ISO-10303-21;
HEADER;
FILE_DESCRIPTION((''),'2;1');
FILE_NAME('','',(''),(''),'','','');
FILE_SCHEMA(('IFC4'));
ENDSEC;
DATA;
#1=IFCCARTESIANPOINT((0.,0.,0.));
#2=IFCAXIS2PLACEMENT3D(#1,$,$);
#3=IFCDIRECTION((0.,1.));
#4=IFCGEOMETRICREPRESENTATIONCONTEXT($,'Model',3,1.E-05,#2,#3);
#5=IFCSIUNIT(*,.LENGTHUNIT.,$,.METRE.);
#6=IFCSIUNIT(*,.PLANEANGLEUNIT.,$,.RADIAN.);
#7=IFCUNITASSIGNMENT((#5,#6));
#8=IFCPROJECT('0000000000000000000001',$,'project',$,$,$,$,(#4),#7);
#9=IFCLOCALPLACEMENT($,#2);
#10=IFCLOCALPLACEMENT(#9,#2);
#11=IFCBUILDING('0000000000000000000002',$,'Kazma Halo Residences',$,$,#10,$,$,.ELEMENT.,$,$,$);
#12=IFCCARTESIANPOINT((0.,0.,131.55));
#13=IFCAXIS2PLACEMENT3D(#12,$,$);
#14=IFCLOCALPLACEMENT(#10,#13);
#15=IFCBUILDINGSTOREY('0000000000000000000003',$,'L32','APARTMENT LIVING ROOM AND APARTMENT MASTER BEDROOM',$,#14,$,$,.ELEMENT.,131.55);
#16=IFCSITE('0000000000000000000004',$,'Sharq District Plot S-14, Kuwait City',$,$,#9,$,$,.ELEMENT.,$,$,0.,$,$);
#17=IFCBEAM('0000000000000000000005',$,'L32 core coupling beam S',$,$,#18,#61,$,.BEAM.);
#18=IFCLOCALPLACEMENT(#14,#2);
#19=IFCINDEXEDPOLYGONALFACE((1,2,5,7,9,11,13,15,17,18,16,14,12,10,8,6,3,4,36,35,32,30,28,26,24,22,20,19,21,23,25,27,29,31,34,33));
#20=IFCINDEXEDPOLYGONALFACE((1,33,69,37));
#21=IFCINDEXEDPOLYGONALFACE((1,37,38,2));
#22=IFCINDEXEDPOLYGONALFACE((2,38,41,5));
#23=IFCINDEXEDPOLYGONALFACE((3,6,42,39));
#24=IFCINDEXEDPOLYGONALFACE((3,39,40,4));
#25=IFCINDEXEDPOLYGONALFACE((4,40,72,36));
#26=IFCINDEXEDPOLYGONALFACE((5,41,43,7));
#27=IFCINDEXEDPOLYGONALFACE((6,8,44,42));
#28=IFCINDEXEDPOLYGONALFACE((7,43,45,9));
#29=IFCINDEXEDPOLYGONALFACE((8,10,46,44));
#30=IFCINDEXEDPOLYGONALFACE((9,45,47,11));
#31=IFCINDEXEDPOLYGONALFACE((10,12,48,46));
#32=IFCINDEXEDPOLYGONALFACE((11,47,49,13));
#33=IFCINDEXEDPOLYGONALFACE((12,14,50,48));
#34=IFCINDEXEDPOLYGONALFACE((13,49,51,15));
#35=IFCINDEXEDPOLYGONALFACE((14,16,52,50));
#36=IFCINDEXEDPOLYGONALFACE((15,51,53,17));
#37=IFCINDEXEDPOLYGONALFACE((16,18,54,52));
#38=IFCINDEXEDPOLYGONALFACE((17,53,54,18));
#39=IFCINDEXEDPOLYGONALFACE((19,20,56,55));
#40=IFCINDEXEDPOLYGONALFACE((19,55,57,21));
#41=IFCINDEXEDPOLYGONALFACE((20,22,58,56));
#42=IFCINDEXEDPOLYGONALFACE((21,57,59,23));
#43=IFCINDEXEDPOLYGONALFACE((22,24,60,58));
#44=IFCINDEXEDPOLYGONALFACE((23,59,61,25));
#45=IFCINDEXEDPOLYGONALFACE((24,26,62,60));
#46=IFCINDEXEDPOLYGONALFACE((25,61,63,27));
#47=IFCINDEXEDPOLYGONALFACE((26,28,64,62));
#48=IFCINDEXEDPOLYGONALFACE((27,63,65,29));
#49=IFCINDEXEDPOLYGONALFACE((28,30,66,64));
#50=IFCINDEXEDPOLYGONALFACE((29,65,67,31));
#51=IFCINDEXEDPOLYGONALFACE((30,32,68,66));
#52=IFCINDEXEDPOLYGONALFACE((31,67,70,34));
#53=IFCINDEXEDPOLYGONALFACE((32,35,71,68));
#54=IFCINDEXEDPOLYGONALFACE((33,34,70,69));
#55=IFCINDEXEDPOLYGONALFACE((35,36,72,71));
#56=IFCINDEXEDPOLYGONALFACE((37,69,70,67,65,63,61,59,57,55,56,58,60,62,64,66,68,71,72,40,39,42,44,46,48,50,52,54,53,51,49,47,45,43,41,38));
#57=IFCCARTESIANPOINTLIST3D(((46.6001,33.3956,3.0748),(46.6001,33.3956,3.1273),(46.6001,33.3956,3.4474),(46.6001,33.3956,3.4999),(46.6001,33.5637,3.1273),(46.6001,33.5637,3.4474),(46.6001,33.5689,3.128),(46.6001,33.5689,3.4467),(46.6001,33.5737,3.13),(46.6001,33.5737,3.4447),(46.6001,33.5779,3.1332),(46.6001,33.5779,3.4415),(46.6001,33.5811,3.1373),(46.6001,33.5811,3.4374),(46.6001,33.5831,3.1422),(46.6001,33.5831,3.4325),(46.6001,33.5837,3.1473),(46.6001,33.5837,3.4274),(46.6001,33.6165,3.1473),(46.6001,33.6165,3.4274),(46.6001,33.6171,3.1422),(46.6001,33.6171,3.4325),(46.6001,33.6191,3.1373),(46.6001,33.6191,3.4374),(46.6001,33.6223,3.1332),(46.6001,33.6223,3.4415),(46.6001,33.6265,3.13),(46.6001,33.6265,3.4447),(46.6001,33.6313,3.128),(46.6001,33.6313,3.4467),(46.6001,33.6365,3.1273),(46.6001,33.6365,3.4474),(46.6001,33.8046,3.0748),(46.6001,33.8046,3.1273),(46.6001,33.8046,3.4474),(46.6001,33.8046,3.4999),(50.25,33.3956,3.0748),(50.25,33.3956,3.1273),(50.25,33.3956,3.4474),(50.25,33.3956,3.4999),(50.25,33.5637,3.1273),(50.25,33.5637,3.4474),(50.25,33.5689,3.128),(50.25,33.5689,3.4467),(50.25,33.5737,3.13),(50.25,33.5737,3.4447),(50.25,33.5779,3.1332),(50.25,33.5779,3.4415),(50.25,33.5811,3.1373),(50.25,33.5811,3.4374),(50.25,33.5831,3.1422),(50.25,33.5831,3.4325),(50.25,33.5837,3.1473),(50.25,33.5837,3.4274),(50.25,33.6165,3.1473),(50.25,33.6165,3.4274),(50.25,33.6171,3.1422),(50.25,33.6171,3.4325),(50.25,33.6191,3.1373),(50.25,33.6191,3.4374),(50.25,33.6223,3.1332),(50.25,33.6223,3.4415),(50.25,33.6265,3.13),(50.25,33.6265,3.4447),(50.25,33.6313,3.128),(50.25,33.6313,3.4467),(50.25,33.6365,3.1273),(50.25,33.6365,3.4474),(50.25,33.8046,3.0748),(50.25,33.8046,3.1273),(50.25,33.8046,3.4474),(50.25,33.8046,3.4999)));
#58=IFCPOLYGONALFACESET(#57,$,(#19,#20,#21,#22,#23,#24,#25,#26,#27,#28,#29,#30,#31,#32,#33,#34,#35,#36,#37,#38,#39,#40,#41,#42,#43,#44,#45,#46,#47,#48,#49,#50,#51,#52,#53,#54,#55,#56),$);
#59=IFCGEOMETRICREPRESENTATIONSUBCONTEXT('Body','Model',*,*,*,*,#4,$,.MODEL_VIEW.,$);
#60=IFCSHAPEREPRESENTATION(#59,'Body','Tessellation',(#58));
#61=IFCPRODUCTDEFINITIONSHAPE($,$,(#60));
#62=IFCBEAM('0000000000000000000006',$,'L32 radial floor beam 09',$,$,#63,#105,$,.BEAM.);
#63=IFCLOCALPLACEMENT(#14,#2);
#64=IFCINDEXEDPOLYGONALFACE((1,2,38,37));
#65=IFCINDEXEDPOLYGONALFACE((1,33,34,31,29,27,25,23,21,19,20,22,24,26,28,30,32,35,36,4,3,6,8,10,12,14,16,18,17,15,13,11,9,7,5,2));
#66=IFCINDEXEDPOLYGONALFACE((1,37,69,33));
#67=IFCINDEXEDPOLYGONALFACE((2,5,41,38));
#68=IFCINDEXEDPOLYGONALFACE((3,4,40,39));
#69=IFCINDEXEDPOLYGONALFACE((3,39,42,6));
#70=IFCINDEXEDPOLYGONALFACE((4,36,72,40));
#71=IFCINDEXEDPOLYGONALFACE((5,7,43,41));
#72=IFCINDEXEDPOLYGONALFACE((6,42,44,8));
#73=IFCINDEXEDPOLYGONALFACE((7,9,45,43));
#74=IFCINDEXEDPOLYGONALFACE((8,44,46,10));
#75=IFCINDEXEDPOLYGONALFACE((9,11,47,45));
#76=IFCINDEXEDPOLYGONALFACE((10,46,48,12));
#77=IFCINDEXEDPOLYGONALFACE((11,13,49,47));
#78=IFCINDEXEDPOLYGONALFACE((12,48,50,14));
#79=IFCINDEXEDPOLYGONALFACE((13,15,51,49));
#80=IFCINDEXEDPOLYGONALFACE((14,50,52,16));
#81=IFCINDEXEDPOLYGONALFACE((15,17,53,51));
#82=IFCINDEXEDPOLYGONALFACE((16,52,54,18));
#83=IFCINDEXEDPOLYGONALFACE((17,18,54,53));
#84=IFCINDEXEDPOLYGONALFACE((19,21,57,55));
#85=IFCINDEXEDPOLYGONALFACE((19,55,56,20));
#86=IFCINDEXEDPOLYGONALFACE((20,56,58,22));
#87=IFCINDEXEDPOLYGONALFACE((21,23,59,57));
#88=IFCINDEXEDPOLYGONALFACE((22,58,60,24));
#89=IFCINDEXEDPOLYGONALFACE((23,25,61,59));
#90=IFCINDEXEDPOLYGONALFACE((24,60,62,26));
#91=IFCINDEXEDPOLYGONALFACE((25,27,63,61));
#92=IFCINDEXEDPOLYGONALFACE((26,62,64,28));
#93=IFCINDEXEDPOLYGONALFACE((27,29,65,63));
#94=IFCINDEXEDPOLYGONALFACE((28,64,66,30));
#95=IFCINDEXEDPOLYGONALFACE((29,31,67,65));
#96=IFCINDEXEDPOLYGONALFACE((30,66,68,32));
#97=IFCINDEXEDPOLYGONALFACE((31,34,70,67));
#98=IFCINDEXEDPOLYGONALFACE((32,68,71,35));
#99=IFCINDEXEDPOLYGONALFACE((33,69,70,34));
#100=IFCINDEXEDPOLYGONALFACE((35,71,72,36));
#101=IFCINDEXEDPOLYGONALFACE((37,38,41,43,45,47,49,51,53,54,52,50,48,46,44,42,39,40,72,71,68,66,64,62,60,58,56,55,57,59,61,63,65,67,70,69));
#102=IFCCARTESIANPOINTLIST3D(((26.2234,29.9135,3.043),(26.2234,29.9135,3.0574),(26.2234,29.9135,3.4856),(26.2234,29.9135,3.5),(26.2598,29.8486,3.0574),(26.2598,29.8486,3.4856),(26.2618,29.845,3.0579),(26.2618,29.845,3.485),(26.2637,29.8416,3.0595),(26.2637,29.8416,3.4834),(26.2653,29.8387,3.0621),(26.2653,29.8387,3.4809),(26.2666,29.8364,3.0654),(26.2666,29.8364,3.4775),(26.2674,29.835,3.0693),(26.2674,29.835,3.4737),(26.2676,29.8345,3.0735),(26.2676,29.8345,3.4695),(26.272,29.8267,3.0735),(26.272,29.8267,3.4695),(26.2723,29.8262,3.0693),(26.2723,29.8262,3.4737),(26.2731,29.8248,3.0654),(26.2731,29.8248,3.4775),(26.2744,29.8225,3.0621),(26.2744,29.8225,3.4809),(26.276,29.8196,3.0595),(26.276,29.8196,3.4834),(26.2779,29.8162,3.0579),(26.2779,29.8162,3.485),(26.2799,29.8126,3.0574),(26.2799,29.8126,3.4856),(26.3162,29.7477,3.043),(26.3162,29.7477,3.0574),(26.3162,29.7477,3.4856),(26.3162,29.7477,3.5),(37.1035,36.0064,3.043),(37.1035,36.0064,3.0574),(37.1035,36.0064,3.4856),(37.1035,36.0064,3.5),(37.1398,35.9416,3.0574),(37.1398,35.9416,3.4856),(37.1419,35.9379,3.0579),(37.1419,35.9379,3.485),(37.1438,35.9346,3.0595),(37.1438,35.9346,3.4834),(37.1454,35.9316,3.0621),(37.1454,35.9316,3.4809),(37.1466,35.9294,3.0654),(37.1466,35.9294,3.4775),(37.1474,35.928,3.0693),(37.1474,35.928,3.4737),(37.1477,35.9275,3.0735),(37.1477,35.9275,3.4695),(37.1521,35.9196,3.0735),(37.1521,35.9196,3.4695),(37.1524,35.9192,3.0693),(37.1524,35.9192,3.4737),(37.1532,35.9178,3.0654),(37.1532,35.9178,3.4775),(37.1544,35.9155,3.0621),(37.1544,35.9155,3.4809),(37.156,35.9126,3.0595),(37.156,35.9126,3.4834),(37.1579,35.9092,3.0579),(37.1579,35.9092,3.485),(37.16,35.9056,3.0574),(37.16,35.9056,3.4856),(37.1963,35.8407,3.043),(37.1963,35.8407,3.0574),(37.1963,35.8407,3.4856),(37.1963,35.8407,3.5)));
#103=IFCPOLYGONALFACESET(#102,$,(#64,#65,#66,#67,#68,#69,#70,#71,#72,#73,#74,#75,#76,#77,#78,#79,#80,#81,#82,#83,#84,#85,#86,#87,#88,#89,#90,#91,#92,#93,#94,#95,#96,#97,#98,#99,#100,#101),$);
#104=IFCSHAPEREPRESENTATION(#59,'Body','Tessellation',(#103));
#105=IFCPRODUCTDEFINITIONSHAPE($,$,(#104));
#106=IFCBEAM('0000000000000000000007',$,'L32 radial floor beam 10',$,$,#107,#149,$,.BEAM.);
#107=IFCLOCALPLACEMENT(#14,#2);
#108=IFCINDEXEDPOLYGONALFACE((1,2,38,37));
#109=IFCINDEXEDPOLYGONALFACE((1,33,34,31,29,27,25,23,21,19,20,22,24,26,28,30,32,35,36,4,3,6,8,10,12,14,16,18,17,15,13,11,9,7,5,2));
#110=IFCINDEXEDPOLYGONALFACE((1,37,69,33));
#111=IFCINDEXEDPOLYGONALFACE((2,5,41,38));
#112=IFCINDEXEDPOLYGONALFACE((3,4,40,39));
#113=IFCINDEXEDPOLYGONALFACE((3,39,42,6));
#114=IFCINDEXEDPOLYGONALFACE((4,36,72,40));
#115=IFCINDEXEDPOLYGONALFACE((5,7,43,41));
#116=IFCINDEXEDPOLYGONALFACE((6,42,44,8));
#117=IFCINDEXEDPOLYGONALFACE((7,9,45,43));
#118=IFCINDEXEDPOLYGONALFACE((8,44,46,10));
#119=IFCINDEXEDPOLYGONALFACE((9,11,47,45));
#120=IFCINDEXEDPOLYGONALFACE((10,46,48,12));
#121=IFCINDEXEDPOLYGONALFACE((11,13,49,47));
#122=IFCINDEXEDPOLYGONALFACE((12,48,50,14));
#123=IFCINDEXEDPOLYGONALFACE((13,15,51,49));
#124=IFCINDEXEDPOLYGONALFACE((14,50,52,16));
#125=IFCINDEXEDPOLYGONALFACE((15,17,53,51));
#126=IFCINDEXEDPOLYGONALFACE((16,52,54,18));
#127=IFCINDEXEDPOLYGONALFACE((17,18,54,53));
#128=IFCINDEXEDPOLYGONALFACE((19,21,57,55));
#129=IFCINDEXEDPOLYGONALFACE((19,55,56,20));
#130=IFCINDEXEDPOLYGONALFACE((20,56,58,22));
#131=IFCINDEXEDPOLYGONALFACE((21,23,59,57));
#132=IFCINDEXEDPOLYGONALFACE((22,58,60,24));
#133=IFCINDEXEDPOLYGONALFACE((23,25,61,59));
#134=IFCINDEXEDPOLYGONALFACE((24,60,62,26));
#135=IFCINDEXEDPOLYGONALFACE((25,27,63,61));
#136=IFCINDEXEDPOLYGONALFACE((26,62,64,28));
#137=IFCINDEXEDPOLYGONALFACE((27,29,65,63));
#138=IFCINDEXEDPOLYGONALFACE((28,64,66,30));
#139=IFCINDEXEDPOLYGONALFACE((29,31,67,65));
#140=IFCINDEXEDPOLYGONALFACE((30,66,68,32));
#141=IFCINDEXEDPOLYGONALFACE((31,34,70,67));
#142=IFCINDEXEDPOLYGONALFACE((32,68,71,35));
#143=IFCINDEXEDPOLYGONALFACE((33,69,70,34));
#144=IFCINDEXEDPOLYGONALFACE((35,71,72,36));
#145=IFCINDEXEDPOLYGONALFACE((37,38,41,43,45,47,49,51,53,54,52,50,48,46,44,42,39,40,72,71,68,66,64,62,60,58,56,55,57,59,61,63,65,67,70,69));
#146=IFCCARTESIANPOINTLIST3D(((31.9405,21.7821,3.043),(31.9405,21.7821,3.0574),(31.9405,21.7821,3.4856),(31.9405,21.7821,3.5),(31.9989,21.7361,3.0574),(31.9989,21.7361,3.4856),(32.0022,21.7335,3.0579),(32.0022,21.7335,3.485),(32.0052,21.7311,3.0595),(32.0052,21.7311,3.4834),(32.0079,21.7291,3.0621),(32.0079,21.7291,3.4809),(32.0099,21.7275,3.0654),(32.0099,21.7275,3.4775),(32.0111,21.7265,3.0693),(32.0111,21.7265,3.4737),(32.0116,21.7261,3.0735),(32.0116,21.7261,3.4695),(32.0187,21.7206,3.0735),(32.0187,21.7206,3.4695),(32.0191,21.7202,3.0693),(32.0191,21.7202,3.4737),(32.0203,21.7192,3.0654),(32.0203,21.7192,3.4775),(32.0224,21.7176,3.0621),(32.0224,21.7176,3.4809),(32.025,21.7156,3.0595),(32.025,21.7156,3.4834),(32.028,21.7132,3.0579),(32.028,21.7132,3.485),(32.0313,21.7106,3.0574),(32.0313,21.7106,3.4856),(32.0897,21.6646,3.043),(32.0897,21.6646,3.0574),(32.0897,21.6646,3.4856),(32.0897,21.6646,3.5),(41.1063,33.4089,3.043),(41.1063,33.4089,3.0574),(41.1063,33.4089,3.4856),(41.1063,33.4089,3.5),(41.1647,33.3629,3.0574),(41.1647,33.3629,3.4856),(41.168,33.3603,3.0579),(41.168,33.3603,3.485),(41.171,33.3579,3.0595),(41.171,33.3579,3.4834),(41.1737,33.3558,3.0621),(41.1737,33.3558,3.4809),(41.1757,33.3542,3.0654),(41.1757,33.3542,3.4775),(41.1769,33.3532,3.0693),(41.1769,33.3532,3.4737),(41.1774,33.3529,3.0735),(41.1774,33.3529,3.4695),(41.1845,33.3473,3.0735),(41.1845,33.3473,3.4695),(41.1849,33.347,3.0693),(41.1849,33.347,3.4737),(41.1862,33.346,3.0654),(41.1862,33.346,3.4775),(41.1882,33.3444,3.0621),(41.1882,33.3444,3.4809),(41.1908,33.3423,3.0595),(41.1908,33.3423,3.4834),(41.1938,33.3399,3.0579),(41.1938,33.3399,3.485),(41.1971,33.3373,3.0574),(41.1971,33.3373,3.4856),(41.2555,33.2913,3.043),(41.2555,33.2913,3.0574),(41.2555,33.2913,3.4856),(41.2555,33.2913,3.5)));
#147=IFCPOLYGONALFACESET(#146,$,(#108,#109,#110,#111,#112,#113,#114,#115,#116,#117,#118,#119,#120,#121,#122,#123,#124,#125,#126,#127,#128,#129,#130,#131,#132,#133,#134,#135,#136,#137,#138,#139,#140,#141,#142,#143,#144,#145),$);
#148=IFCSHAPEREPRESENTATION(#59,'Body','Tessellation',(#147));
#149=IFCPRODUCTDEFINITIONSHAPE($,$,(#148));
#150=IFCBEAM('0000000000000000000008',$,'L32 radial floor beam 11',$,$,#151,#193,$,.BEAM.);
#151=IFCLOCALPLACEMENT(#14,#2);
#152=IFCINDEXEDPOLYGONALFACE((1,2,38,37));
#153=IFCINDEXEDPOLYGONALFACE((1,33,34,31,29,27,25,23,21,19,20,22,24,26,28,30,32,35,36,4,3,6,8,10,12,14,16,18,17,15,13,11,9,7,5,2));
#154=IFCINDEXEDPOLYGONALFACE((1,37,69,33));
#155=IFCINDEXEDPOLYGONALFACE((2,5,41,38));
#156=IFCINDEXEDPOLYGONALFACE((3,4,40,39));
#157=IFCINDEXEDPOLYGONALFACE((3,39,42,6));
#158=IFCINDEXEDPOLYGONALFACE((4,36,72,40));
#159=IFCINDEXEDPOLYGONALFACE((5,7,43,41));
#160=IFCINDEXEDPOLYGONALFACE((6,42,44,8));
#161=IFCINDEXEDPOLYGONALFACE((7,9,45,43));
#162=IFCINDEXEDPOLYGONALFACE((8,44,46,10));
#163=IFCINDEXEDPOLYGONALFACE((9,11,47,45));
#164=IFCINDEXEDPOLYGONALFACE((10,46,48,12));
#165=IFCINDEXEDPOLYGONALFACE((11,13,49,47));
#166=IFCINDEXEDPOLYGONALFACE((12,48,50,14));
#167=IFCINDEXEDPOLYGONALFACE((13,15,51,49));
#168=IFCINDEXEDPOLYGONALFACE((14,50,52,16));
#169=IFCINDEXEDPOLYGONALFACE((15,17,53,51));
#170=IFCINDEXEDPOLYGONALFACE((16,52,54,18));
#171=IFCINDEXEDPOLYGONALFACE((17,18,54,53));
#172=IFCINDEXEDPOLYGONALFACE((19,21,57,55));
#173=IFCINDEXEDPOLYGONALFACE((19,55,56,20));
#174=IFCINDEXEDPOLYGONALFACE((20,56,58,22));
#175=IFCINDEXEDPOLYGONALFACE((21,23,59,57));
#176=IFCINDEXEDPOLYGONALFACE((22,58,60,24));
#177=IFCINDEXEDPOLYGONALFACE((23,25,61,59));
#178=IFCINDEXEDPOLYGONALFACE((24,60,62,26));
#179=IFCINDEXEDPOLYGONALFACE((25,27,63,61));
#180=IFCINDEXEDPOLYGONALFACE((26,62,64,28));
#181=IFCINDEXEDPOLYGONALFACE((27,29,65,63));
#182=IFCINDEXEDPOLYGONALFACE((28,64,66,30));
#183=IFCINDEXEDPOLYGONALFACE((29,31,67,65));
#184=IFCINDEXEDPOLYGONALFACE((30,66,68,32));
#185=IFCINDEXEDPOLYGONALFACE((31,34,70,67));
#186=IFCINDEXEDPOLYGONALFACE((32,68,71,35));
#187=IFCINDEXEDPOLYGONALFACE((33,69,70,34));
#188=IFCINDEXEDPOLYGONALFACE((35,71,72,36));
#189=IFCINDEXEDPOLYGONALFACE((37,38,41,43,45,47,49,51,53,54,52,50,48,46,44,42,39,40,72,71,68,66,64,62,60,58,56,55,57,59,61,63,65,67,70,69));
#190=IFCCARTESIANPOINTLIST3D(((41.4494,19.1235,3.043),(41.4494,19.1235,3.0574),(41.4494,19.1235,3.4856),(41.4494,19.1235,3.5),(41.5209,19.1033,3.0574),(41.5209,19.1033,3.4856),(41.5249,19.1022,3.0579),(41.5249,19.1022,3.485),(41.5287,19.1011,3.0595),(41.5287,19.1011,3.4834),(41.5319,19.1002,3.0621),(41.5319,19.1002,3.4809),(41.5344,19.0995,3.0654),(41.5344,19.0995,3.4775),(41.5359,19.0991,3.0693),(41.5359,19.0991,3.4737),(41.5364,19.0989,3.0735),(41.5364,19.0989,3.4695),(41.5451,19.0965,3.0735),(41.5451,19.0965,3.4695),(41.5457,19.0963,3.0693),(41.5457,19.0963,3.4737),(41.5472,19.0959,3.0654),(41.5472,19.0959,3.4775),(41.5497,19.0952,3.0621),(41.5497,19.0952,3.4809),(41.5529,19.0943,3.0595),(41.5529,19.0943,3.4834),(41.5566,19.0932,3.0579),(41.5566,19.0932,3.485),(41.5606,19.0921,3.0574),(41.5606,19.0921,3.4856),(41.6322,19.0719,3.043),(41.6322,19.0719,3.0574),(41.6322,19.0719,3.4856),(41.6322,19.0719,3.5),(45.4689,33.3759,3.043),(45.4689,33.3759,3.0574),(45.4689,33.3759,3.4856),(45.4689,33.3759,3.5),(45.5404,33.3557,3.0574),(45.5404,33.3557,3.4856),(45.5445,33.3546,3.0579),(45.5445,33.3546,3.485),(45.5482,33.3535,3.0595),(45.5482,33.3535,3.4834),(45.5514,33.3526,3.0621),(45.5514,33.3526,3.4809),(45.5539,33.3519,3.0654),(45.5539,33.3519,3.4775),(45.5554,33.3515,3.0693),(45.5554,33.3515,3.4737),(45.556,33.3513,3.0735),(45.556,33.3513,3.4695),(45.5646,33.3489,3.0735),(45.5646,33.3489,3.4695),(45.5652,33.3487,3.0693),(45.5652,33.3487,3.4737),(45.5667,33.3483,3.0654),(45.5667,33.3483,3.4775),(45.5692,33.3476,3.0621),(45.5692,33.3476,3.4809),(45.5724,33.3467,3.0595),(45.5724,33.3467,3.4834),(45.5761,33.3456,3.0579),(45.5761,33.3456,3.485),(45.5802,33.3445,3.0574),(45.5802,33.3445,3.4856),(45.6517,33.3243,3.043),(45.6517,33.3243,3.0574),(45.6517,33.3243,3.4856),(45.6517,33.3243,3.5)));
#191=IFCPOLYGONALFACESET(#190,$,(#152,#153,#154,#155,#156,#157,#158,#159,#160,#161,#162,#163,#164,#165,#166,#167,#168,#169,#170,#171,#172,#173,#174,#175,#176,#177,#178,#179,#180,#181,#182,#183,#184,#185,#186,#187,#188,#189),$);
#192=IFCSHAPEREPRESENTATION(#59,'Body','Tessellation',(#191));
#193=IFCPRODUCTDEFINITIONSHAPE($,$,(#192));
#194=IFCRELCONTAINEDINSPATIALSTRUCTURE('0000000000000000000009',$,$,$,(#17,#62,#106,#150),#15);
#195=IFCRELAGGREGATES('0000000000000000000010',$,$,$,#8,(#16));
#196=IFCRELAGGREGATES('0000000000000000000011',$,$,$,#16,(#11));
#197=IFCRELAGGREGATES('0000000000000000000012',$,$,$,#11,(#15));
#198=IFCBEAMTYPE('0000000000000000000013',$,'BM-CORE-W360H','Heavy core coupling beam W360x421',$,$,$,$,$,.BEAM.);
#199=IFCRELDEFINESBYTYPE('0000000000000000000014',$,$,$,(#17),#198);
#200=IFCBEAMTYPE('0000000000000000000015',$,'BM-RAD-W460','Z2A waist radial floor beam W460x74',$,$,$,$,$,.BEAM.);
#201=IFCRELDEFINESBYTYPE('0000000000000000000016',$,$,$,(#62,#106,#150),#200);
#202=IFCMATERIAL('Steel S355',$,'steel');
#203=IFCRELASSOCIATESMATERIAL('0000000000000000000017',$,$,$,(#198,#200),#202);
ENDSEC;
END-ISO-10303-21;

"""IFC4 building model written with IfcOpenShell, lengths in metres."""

from ifc_helpers import new_model, si_unit, direction, frame, origin, origin_2d, place, context, subcontext, project, spatial, i_section, extrude, material, material_profile, profile_set, type_object, element, save


model = new_model("IFC4")

# Units and contexts
model_context = context("Model", 3, precision=1e-05, world=origin(), true_north=direction((0.0, 1.0)))
body_context = subcontext(model_context, "Body", "Model", "MODEL_VIEW")
ifc_project = project(units=[si_unit("LENGTHUNIT", "METRE"), si_unit("PLANEANGLEUNIT", "RADIAN")], contexts=[model_context])

# Site, building, storey
site_placement = place(None, origin())
site = spatial("IfcSite", under=ifc_project, at=site_placement, Name="Sharq District Plot S-14, Kuwait City", CompositionType="ELEMENT", RefElevation=0.0)
building_placement = place(site_placement, origin())
building = spatial("IfcBuilding", under=site, at=building_placement, Name="Kazma Halo Residences", CompositionType="ELEMENT")
storey_placement = place(building_placement, frame((0.0, 0.0, 131.55)))
storey = spatial("IfcBuildingStorey", under=building, at=storey_placement, Name="L32", Description="APARTMENT LIVING ROOM AND APARTMENT MASTER BEDROOM", CompositionType="ELEMENT", Elevation=131.55)

# Beams
ifc_material_1 = material(Name="Steel S355", Category="steel")
ifc_material_profile_1 = material_profile(ifc_material_1, i_section(OverallWidth=0.4089, OverallDepth=0.425, WebThickness=0.0327, FlangeThickness=0.0525, FilletRadius=0.02, at=origin_2d()), Name="W360x421")
ifc_profile_set_1 = profile_set([ifc_material_profile_1], Name="Steel S355")
beam_type_1 = type_object("IfcBeamType", Name="BM-CORE-W360H", Description="Heavy core coupling beam W360x421", PredefinedType="BEAM", material=ifc_profile_set_1)
beam_1_placement = place(storey_placement, frame((46.6001, 33.6001, 3.2874), z_axis=(1.0, 0.0, 0.0), x_axis=(0.0, 1.0, 0.0)))
element("IfcBeam", 1, at=beam_1_placement, inside=storey, type_object=beam_type_1, Name="L32 core coupling beam S", PredefinedType="BEAM", context=body_context, shape_type="SweptSolid", body=[
    extrude(i_section(OverallWidth=0.4089, OverallDepth=0.425, WebThickness=0.0327, FlangeThickness=0.0525, FilletRadius=0.02, at=origin_2d()), origin(), (0.0, 0.0, 1.0), 3.6499),
])
ifc_material_profile_2 = material_profile(ifc_material_1, i_section(OverallWidth=0.1899, OverallDepth=0.457, WebThickness=0.009, FlangeThickness=0.0144, FilletRadius=0.0161, at=origin_2d()), Name="W460x74")
ifc_profile_set_2 = profile_set([ifc_material_profile_2], Name="Steel S355")
beam_type_2 = type_object("IfcBeamType", Name="BM-RAD-W460", Description="Z2A waist radial floor beam W460x74", PredefinedType="BEAM", material=ifc_profile_set_2)
beam_2_placement = place(storey_placement, frame((37.1499, 35.9236, 3.2715), z_axis=(-0.872501, -0.488612, 0.0), x_axis=(0.488612, -0.872501, 0.0)))
element("IfcBeam", 2, at=beam_2_placement, inside=storey, type_object=beam_type_2, Name="L32 radial floor beam 09", PredefinedType="BEAM", context=body_context, shape_type="SweptSolid", body=[
    extrude(i_section(OverallWidth=0.1899, OverallDepth=0.457, WebThickness=0.009, FlangeThickness=0.0144, FilletRadius=0.0161, at=origin_2d()), origin(), (0.0, 0.0, 1.0), 12.47),
])
beam_3_placement = place(storey_placement, frame((41.1809, 33.3501, 3.2715), z_axis=(-0.619094, -0.785316, 0.0), x_axis=(0.785316, -0.619094, 0.0)))
element("IfcBeam", 3, at=beam_3_placement, inside=storey, type_object=beam_type_2, Name="L32 radial floor beam 10", PredefinedType="BEAM", context=body_context, shape_type="SweptSolid", body=[
    extrude(i_section(OverallWidth=0.1899, OverallDepth=0.457, WebThickness=0.009, FlangeThickness=0.0144, FilletRadius=0.0161, at=origin_2d()), origin(), (0.0, 0.0, 1.0), 14.8052),
])
beam_4_placement = place(storey_placement, frame((45.5603, 33.3501, 3.2715), z_axis=(-0.271436, -0.962457, 0.0), x_axis=(0.962457, -0.271436, 0.0)))
element("IfcBeam", 4, at=beam_4_placement, inside=storey, type_object=beam_type_2, Name="L32 radial floor beam 11", PredefinedType="BEAM", context=body_context, shape_type="SweptSolid", body=[
    extrude(i_section(OverallWidth=0.1899, OverallDepth=0.457, WebThickness=0.009, FlangeThickness=0.0144, FilletRadius=0.0161, at=origin_2d()), origin(), (0.0, 0.0, 1.0), 14.8083),
])

save(model, "model.ifc")
